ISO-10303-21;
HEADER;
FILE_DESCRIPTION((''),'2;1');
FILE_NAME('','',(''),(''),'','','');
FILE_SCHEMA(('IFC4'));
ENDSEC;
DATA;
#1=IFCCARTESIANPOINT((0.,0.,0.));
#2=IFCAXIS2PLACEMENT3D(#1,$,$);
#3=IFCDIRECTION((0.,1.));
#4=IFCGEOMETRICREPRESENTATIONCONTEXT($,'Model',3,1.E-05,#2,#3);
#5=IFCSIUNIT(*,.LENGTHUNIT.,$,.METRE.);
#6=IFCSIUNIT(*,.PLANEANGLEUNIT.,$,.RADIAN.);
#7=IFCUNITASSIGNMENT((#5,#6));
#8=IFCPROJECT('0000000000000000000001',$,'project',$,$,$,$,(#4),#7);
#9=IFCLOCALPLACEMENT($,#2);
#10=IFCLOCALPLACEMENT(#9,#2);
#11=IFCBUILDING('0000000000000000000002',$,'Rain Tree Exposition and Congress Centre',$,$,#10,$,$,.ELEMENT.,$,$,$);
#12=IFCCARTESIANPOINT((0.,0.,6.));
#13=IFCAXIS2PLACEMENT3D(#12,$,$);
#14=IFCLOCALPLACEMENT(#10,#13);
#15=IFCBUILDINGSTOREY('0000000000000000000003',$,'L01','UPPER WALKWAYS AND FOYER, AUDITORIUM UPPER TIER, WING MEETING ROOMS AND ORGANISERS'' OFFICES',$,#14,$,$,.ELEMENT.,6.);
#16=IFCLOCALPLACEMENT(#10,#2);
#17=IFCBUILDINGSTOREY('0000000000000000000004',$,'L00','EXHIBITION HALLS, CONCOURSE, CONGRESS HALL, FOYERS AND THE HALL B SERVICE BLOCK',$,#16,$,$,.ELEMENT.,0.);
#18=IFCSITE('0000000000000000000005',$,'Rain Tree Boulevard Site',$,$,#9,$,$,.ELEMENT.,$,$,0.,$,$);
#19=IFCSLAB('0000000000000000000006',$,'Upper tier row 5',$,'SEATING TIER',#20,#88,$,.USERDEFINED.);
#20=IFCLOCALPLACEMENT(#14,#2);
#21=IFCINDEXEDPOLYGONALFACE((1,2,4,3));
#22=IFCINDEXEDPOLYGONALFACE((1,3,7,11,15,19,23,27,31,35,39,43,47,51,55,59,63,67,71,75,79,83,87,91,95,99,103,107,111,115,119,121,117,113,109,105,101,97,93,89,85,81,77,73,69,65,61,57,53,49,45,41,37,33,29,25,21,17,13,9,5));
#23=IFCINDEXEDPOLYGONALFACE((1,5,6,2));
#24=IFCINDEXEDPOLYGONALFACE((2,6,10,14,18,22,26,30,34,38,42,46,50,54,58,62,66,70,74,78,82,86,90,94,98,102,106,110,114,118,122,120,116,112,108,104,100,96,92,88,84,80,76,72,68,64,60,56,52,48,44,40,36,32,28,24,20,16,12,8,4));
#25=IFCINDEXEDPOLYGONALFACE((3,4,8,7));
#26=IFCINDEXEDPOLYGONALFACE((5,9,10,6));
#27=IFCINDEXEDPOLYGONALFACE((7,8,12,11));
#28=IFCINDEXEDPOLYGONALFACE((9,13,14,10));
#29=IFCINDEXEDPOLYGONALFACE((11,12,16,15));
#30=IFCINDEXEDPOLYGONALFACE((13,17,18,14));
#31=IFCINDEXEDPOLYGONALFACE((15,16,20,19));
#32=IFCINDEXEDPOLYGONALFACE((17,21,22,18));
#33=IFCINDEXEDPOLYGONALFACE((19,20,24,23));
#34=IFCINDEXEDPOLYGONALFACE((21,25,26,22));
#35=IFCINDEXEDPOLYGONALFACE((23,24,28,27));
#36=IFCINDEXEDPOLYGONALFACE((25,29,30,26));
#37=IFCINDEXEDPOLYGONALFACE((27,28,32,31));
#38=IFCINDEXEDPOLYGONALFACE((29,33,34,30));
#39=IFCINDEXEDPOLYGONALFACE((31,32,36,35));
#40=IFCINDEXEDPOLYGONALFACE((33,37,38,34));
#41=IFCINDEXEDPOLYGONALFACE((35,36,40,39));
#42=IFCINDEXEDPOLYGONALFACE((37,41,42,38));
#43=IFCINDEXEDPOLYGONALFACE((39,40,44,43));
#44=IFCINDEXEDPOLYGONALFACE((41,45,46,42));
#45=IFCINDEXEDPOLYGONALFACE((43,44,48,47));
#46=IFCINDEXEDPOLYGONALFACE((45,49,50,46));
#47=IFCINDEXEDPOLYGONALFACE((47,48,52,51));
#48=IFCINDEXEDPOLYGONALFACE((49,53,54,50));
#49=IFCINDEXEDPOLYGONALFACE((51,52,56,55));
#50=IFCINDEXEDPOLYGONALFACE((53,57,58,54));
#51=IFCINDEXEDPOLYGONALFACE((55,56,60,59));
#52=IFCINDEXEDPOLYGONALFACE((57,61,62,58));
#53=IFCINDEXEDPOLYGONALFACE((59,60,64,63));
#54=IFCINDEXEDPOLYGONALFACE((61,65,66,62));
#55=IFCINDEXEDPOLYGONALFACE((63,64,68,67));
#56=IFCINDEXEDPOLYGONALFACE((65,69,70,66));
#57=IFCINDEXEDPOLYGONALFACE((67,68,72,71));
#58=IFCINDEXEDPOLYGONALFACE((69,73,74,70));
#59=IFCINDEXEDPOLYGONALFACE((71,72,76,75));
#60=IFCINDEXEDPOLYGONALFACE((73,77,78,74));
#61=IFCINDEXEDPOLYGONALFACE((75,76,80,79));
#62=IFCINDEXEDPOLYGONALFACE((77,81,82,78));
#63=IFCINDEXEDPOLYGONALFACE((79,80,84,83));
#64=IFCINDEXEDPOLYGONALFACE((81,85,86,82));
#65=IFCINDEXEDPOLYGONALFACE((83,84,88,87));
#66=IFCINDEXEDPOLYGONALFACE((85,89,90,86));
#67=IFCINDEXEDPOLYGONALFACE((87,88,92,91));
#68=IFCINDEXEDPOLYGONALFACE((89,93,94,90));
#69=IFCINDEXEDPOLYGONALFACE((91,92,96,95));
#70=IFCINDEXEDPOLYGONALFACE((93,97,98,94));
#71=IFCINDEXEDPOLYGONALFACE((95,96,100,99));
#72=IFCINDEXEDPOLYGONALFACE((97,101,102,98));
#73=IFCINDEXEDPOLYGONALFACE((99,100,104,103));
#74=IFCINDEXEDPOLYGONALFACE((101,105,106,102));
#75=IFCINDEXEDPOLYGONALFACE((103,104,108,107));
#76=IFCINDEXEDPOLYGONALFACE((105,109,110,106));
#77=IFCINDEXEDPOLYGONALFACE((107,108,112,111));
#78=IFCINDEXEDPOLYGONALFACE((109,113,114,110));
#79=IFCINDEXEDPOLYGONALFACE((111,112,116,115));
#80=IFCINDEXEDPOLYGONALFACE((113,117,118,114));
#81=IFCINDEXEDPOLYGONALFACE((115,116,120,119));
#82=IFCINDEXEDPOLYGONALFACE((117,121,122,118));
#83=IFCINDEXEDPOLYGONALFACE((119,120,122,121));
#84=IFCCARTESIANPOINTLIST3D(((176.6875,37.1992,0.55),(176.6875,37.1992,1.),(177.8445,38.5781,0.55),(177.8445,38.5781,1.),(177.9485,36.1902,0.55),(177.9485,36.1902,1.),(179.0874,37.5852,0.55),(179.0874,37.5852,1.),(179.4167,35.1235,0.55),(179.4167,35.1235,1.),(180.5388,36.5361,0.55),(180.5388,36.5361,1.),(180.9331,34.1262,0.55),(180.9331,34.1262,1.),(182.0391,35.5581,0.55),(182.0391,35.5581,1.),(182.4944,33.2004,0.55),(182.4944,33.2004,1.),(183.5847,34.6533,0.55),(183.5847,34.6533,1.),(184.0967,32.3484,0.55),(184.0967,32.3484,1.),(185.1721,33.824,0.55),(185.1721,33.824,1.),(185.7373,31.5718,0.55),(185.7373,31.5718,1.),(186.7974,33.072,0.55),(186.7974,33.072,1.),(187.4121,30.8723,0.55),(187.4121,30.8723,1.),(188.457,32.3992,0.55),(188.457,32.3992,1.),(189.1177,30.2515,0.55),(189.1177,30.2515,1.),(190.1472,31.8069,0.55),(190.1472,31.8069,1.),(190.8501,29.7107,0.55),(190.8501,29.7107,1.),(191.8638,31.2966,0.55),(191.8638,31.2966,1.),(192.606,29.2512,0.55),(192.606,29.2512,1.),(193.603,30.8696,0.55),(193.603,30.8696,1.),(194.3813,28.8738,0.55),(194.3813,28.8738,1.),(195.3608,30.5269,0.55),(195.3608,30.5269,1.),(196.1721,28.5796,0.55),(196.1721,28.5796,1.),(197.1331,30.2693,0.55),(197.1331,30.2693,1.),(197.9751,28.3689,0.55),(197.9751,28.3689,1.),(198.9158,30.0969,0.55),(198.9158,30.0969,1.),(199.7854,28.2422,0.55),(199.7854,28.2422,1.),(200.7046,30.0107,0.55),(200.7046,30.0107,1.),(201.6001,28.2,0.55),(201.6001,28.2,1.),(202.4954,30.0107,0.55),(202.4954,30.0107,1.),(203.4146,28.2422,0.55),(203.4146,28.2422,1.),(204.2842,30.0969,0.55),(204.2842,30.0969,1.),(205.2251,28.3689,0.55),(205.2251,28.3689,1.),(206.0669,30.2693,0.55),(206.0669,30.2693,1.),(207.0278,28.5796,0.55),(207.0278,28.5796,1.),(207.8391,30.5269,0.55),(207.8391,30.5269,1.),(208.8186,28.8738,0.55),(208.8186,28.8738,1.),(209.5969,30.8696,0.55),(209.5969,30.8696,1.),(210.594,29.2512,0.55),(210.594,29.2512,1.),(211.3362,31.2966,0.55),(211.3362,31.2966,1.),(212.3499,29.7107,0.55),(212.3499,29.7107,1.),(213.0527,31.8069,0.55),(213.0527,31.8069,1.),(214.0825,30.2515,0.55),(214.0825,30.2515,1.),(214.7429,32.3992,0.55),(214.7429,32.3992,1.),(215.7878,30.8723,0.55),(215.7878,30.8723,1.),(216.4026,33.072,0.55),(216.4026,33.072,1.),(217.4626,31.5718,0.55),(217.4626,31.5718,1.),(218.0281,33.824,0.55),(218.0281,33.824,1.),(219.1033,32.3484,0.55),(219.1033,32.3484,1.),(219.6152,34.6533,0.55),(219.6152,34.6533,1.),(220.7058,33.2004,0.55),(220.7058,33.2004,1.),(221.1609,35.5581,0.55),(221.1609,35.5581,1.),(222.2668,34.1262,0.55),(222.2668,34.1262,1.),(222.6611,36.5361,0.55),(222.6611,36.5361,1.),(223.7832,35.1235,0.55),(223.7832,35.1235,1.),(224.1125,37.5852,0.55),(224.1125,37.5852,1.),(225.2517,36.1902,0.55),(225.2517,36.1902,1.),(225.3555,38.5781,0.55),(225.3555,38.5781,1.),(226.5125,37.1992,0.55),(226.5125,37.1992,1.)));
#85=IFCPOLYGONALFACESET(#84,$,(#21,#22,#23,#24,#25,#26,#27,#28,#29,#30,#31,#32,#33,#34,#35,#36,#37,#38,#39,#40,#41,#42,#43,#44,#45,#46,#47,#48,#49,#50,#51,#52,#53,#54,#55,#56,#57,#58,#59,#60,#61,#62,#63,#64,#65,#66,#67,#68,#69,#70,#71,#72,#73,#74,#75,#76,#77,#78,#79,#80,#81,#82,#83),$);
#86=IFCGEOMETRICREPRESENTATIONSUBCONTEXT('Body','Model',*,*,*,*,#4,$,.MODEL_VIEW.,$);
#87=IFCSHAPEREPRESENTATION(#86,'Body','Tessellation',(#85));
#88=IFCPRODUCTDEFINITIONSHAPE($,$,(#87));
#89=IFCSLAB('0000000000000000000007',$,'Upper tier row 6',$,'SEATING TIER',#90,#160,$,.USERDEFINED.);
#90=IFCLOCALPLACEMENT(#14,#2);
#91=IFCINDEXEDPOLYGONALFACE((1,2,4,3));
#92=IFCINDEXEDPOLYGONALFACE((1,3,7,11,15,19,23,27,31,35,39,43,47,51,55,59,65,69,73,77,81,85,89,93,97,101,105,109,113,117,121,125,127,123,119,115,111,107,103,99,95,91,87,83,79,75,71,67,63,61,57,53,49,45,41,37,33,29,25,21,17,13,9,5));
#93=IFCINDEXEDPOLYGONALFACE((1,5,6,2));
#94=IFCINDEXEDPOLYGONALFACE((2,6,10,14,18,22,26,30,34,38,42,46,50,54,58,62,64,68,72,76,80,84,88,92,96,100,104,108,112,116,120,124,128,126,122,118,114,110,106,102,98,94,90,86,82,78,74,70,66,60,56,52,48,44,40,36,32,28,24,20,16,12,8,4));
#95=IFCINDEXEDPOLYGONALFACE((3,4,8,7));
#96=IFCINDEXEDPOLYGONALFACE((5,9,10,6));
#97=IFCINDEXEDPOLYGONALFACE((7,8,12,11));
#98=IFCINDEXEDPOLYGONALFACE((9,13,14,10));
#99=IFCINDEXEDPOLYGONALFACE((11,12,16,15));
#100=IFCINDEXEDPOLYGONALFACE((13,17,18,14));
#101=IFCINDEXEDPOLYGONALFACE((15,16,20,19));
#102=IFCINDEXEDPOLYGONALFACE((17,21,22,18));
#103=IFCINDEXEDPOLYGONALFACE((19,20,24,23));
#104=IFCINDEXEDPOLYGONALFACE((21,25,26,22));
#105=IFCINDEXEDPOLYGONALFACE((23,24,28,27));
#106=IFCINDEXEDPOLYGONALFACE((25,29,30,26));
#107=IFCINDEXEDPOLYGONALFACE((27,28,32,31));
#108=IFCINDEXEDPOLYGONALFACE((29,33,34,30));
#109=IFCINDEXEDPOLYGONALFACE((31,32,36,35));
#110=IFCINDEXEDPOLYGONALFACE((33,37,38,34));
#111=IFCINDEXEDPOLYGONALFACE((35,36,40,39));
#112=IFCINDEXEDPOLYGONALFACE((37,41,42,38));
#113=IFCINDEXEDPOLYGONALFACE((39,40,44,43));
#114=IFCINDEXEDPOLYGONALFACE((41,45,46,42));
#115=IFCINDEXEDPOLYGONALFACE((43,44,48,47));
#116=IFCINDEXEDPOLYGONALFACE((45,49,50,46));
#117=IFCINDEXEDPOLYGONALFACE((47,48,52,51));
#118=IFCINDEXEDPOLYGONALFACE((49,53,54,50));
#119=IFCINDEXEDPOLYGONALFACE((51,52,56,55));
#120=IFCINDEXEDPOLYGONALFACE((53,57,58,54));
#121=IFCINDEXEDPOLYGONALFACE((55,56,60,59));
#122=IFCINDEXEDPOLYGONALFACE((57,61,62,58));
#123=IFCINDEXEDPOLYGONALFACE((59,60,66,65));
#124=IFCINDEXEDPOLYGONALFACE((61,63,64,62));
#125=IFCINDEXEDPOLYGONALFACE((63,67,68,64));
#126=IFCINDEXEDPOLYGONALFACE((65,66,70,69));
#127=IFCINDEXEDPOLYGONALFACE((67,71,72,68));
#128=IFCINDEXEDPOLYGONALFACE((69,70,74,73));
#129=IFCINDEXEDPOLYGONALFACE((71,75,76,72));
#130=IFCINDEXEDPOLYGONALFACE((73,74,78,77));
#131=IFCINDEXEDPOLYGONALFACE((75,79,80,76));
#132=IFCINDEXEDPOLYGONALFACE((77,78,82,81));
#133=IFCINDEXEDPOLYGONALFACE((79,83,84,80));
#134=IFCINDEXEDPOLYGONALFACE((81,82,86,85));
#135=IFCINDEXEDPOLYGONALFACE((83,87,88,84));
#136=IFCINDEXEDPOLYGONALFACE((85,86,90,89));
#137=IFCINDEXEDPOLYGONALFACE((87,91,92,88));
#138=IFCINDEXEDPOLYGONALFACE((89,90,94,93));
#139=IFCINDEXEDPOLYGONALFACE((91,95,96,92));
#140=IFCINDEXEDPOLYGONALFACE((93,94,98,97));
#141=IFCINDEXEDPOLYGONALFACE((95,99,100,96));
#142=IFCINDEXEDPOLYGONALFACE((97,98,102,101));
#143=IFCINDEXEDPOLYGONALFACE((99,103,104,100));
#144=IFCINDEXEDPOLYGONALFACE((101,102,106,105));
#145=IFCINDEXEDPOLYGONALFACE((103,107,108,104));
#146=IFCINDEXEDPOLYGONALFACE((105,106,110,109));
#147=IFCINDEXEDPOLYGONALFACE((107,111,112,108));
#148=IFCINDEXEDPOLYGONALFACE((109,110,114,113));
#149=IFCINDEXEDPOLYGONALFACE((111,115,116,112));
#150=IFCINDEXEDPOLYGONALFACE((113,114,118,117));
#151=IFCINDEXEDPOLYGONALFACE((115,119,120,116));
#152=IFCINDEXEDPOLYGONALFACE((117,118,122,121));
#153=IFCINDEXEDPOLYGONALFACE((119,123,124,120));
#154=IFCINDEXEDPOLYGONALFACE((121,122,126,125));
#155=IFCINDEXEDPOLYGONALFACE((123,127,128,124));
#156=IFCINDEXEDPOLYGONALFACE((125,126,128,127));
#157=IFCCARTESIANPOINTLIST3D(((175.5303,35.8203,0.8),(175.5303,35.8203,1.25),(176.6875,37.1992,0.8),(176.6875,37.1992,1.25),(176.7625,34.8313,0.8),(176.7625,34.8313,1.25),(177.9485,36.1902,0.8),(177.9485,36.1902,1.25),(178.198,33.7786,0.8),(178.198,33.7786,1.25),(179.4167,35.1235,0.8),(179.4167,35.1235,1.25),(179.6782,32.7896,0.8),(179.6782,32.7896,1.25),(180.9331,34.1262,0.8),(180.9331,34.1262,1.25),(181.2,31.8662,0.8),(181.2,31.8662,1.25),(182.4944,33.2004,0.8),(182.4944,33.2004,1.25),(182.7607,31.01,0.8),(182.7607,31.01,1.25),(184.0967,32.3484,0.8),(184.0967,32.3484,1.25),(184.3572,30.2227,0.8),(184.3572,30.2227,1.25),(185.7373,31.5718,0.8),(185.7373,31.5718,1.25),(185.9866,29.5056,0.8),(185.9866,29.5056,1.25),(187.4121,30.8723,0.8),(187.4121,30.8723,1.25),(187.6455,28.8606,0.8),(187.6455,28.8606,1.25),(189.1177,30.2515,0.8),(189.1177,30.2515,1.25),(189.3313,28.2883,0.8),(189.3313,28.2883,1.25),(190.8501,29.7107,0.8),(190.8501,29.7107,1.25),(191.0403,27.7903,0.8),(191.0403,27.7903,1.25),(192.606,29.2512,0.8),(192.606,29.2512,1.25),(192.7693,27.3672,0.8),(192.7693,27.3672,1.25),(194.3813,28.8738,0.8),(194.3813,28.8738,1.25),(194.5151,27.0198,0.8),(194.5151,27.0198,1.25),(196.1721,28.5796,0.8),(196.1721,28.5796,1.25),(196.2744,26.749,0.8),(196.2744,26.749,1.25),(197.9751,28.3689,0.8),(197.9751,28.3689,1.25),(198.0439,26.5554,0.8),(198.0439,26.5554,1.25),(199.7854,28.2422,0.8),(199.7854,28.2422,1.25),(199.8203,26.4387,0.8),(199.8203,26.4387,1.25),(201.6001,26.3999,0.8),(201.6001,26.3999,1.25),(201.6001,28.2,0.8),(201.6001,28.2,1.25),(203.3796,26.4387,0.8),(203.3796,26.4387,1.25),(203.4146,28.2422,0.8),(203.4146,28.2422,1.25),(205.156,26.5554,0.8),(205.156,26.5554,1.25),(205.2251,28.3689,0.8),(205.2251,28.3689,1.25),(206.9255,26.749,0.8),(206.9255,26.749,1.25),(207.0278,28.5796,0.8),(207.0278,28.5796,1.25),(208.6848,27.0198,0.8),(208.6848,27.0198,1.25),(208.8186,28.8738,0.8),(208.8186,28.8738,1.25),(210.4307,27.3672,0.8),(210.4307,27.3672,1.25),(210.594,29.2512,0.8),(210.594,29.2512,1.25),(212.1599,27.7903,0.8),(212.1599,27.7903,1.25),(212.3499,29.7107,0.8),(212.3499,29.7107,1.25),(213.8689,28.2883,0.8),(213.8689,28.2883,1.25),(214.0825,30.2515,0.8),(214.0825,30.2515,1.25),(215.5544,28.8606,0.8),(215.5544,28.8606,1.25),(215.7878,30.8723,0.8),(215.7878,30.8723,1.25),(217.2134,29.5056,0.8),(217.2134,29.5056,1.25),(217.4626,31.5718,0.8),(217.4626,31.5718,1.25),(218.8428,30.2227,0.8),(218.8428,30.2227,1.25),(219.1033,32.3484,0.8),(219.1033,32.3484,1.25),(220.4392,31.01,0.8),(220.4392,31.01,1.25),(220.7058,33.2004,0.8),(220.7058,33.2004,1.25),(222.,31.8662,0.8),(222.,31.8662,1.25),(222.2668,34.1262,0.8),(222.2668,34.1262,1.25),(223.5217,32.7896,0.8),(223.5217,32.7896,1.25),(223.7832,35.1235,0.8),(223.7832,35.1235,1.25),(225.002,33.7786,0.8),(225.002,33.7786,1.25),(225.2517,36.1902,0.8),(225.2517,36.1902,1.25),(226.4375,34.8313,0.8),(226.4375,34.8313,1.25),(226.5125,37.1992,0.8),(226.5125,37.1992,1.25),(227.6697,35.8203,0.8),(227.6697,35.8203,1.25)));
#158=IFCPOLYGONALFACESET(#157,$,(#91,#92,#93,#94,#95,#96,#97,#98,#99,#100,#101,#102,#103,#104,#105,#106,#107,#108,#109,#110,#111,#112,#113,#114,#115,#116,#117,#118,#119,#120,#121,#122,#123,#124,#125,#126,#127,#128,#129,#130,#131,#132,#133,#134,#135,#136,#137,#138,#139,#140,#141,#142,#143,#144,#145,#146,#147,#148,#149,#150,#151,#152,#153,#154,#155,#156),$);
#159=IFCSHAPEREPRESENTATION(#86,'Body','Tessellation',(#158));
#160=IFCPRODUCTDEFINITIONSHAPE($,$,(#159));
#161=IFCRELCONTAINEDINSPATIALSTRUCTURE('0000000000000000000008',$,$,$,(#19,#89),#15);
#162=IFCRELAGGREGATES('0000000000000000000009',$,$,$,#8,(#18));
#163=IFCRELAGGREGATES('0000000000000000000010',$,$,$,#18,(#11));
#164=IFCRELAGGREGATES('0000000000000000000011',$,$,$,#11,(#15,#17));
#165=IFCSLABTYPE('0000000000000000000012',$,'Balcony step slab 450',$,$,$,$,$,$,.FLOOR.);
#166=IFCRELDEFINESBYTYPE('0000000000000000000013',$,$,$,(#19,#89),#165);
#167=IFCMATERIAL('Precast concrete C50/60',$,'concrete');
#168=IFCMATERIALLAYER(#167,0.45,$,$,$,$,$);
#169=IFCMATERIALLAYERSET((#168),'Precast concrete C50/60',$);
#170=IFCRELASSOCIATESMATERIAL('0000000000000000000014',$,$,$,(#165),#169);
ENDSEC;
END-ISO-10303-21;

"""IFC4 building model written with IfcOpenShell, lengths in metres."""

from ifc_helpers import new_model, si_unit, direction, frame, origin, place, context, subcontext, project, spatial, polyline, outline, extrude, material, layer, layer_set, type_object, element, save


model = new_model("IFC4")

# Units and contexts
model_context = context("Model", 3, precision=1e-05, world=origin(), true_north=direction((0.0, 1.0)))
body_context = subcontext(model_context, "Body", "Model", "MODEL_VIEW")
ifc_project = project(units=[si_unit("LENGTHUNIT", "METRE"), si_unit("PLANEANGLEUNIT", "RADIAN")], contexts=[model_context])

# Site, building, storey
site_placement = place(None, origin())
site = spatial("IfcSite", under=ifc_project, at=site_placement, Name="Rain Tree Boulevard Site", CompositionType="ELEMENT", RefElevation=0.0)
building_placement = place(site_placement, origin())
building = spatial("IfcBuilding", under=site, at=building_placement, Name="Rain Tree Exposition and Congress Centre", CompositionType="ELEMENT")
storey_1_placement = place(building_placement, frame((0.0, 0.0, 6.0)))
storey_1 = spatial("IfcBuildingStorey", under=building, at=storey_1_placement, Name="L01", Description="UPPER WALKWAYS AND FOYER, AUDITORIUM UPPER TIER, WING MEETING ROOMS AND ORGANISERS' OFFICES", CompositionType="ELEMENT", Elevation=6.0)

# Slabs
ifc_material_1 = material(Name="Precast concrete C50/60", Category="concrete")
ifc_layer_1 = layer(ifc_material_1, 0.45)
ifc_layer_set_1 = layer_set([ifc_layer_1], Name="Precast concrete C50/60")
slab_type_1 = type_object("IfcSlabType", Name="Balcony step slab 450", PredefinedType="FLOOR", material=ifc_layer_set_1)
slab_1_placement = place(storey_1_placement, frame((0.0, 0.0, 0.55)))
element("IfcSlab", 1, at=slab_1_placement, inside=storey_1, type_object=slab_type_1, Name="Upper tier row 5", ObjectType="SEATING TIER", PredefinedType="USERDEFINED", context=body_context, shape_type="SweptSolid", body=[
    extrude(outline(polyline([(225.2517, 36.1902), (226.5125, 37.1992), (225.3555, 38.5781), (224.1125, 37.5852), (222.6611, 36.5361), (221.1609, 35.5581), (219.6152, 34.6533), (218.0281, 33.824), (216.4026, 33.072), (214.7429, 32.3992), (213.0527, 31.8069), (211.3362, 31.2966), (209.5969, 30.8696), (207.8391, 30.5269), (206.0669, 30.2693), (204.2842, 30.0969), (202.4954, 30.0107), (200.7046, 30.0107), (198.9158, 30.0969), (197.1331, 30.2693), (195.3608, 30.5269), (193.603, 30.8696), (191.8638, 31.2966), (190.1472, 31.8069), (188.457, 32.3992), (186.7974, 33.072), (185.1721, 33.824), (183.5847, 34.6533), (182.0391, 35.5581), (180.5388, 36.5361), (179.0874, 37.5852), (177.8445, 38.5781), (176.6875, 37.1992), (177.9485, 36.1902), (179.4167, 35.1235), (180.9331, 34.1262), (182.4944, 33.2004), (184.0967, 32.3484), (185.7373, 31.5718), (187.4121, 30.8723), (189.1177, 30.2515), (190.8501, 29.7107), (192.606, 29.2512), (194.3813, 28.8738), (196.1721, 28.5796), (197.9751, 28.3689), (199.7854, 28.2422), (201.6001, 28.2), (203.4146, 28.2422), (205.2251, 28.3689), (207.0278, 28.5796), (208.8186, 28.8738), (210.594, 29.2512), (212.3499, 29.7107), (214.0825, 30.2515), (215.7878, 30.8723), (217.4626, 31.5718), (219.1033, 32.3484), (220.7058, 33.2004), (222.2668, 34.1262), (223.7832, 35.1235), (225.2517, 36.1902)])), origin(), (0.0, 0.0, 1.0), 0.45),
])
slab_2_placement = place(storey_1_placement, frame((0.0, 0.0, 0.8)))
element("IfcSlab", 2, at=slab_2_placement, inside=storey_1, type_object=slab_type_1, Name="Upper tier row 6", ObjectType="SEATING TIER", PredefinedType="USERDEFINED", context=body_context, shape_type="SweptSolid", body=[
    extrude(outline(polyline([(226.4375, 34.8313), (227.6697, 35.8203), (226.5125, 37.1992), (225.2517, 36.1902), (223.7832, 35.1235), (222.2668, 34.1262), (220.7058, 33.2004), (219.1033, 32.3484), (217.4626, 31.5718), (215.7878, 30.8723), (214.0825, 30.2515), (212.3499, 29.7107), (210.594, 29.2512), (208.8186, 28.8738), (207.0278, 28.5796), (205.2251, 28.3689), (203.4146, 28.2422), (201.6001, 28.2), (199.7854, 28.2422), (197.9751, 28.3689), (196.1721, 28.5796), (194.3813, 28.8738), (192.606, 29.2512), (190.8501, 29.7107), (189.1177, 30.2515), (187.4121, 30.8723), (185.7373, 31.5718), (184.0967, 32.3484), (182.4944, 33.2004), (180.9331, 34.1262), (179.4167, 35.1235), (177.9485, 36.1902), (176.6875, 37.1992), (175.5303, 35.8203), (176.7625, 34.8313), (178.198, 33.7786), (179.6782, 32.7896), (181.2, 31.8662), (182.7607, 31.01), (184.3572, 30.2227), (185.9866, 29.5056), (187.6455, 28.8606), (189.3313, 28.2883), (191.0403, 27.7903), (192.7693, 27.3672), (194.5151, 27.0198), (196.2744, 26.749), (198.0439, 26.5554), (199.8203, 26.4387), (201.6001, 26.3999), (203.3796, 26.4387), (205.156, 26.5554), (206.9255, 26.749), (208.6848, 27.0198), (210.4307, 27.3672), (212.1599, 27.7903), (213.8689, 28.2883), (215.5544, 28.8606), (217.2134, 29.5056), (218.8428, 30.2227), (220.4392, 31.01), (222.0, 31.8662), (223.5217, 32.7896), (225.002, 33.7786), (226.4375, 34.8313)])), origin(), (0.0, 0.0, 1.0), 0.45),
])

# Shared definitions
storey_2_placement = place(building_placement, origin())
storey_2 = spatial("IfcBuildingStorey", under=building, at=storey_2_placement, Name="L00", Description="EXHIBITION HALLS, CONCOURSE, CONGRESS HALL, FOYERS AND THE HALL B SERVICE BLOCK", CompositionType="ELEMENT", Elevation=0.0)

save(model, "model.ifc")
